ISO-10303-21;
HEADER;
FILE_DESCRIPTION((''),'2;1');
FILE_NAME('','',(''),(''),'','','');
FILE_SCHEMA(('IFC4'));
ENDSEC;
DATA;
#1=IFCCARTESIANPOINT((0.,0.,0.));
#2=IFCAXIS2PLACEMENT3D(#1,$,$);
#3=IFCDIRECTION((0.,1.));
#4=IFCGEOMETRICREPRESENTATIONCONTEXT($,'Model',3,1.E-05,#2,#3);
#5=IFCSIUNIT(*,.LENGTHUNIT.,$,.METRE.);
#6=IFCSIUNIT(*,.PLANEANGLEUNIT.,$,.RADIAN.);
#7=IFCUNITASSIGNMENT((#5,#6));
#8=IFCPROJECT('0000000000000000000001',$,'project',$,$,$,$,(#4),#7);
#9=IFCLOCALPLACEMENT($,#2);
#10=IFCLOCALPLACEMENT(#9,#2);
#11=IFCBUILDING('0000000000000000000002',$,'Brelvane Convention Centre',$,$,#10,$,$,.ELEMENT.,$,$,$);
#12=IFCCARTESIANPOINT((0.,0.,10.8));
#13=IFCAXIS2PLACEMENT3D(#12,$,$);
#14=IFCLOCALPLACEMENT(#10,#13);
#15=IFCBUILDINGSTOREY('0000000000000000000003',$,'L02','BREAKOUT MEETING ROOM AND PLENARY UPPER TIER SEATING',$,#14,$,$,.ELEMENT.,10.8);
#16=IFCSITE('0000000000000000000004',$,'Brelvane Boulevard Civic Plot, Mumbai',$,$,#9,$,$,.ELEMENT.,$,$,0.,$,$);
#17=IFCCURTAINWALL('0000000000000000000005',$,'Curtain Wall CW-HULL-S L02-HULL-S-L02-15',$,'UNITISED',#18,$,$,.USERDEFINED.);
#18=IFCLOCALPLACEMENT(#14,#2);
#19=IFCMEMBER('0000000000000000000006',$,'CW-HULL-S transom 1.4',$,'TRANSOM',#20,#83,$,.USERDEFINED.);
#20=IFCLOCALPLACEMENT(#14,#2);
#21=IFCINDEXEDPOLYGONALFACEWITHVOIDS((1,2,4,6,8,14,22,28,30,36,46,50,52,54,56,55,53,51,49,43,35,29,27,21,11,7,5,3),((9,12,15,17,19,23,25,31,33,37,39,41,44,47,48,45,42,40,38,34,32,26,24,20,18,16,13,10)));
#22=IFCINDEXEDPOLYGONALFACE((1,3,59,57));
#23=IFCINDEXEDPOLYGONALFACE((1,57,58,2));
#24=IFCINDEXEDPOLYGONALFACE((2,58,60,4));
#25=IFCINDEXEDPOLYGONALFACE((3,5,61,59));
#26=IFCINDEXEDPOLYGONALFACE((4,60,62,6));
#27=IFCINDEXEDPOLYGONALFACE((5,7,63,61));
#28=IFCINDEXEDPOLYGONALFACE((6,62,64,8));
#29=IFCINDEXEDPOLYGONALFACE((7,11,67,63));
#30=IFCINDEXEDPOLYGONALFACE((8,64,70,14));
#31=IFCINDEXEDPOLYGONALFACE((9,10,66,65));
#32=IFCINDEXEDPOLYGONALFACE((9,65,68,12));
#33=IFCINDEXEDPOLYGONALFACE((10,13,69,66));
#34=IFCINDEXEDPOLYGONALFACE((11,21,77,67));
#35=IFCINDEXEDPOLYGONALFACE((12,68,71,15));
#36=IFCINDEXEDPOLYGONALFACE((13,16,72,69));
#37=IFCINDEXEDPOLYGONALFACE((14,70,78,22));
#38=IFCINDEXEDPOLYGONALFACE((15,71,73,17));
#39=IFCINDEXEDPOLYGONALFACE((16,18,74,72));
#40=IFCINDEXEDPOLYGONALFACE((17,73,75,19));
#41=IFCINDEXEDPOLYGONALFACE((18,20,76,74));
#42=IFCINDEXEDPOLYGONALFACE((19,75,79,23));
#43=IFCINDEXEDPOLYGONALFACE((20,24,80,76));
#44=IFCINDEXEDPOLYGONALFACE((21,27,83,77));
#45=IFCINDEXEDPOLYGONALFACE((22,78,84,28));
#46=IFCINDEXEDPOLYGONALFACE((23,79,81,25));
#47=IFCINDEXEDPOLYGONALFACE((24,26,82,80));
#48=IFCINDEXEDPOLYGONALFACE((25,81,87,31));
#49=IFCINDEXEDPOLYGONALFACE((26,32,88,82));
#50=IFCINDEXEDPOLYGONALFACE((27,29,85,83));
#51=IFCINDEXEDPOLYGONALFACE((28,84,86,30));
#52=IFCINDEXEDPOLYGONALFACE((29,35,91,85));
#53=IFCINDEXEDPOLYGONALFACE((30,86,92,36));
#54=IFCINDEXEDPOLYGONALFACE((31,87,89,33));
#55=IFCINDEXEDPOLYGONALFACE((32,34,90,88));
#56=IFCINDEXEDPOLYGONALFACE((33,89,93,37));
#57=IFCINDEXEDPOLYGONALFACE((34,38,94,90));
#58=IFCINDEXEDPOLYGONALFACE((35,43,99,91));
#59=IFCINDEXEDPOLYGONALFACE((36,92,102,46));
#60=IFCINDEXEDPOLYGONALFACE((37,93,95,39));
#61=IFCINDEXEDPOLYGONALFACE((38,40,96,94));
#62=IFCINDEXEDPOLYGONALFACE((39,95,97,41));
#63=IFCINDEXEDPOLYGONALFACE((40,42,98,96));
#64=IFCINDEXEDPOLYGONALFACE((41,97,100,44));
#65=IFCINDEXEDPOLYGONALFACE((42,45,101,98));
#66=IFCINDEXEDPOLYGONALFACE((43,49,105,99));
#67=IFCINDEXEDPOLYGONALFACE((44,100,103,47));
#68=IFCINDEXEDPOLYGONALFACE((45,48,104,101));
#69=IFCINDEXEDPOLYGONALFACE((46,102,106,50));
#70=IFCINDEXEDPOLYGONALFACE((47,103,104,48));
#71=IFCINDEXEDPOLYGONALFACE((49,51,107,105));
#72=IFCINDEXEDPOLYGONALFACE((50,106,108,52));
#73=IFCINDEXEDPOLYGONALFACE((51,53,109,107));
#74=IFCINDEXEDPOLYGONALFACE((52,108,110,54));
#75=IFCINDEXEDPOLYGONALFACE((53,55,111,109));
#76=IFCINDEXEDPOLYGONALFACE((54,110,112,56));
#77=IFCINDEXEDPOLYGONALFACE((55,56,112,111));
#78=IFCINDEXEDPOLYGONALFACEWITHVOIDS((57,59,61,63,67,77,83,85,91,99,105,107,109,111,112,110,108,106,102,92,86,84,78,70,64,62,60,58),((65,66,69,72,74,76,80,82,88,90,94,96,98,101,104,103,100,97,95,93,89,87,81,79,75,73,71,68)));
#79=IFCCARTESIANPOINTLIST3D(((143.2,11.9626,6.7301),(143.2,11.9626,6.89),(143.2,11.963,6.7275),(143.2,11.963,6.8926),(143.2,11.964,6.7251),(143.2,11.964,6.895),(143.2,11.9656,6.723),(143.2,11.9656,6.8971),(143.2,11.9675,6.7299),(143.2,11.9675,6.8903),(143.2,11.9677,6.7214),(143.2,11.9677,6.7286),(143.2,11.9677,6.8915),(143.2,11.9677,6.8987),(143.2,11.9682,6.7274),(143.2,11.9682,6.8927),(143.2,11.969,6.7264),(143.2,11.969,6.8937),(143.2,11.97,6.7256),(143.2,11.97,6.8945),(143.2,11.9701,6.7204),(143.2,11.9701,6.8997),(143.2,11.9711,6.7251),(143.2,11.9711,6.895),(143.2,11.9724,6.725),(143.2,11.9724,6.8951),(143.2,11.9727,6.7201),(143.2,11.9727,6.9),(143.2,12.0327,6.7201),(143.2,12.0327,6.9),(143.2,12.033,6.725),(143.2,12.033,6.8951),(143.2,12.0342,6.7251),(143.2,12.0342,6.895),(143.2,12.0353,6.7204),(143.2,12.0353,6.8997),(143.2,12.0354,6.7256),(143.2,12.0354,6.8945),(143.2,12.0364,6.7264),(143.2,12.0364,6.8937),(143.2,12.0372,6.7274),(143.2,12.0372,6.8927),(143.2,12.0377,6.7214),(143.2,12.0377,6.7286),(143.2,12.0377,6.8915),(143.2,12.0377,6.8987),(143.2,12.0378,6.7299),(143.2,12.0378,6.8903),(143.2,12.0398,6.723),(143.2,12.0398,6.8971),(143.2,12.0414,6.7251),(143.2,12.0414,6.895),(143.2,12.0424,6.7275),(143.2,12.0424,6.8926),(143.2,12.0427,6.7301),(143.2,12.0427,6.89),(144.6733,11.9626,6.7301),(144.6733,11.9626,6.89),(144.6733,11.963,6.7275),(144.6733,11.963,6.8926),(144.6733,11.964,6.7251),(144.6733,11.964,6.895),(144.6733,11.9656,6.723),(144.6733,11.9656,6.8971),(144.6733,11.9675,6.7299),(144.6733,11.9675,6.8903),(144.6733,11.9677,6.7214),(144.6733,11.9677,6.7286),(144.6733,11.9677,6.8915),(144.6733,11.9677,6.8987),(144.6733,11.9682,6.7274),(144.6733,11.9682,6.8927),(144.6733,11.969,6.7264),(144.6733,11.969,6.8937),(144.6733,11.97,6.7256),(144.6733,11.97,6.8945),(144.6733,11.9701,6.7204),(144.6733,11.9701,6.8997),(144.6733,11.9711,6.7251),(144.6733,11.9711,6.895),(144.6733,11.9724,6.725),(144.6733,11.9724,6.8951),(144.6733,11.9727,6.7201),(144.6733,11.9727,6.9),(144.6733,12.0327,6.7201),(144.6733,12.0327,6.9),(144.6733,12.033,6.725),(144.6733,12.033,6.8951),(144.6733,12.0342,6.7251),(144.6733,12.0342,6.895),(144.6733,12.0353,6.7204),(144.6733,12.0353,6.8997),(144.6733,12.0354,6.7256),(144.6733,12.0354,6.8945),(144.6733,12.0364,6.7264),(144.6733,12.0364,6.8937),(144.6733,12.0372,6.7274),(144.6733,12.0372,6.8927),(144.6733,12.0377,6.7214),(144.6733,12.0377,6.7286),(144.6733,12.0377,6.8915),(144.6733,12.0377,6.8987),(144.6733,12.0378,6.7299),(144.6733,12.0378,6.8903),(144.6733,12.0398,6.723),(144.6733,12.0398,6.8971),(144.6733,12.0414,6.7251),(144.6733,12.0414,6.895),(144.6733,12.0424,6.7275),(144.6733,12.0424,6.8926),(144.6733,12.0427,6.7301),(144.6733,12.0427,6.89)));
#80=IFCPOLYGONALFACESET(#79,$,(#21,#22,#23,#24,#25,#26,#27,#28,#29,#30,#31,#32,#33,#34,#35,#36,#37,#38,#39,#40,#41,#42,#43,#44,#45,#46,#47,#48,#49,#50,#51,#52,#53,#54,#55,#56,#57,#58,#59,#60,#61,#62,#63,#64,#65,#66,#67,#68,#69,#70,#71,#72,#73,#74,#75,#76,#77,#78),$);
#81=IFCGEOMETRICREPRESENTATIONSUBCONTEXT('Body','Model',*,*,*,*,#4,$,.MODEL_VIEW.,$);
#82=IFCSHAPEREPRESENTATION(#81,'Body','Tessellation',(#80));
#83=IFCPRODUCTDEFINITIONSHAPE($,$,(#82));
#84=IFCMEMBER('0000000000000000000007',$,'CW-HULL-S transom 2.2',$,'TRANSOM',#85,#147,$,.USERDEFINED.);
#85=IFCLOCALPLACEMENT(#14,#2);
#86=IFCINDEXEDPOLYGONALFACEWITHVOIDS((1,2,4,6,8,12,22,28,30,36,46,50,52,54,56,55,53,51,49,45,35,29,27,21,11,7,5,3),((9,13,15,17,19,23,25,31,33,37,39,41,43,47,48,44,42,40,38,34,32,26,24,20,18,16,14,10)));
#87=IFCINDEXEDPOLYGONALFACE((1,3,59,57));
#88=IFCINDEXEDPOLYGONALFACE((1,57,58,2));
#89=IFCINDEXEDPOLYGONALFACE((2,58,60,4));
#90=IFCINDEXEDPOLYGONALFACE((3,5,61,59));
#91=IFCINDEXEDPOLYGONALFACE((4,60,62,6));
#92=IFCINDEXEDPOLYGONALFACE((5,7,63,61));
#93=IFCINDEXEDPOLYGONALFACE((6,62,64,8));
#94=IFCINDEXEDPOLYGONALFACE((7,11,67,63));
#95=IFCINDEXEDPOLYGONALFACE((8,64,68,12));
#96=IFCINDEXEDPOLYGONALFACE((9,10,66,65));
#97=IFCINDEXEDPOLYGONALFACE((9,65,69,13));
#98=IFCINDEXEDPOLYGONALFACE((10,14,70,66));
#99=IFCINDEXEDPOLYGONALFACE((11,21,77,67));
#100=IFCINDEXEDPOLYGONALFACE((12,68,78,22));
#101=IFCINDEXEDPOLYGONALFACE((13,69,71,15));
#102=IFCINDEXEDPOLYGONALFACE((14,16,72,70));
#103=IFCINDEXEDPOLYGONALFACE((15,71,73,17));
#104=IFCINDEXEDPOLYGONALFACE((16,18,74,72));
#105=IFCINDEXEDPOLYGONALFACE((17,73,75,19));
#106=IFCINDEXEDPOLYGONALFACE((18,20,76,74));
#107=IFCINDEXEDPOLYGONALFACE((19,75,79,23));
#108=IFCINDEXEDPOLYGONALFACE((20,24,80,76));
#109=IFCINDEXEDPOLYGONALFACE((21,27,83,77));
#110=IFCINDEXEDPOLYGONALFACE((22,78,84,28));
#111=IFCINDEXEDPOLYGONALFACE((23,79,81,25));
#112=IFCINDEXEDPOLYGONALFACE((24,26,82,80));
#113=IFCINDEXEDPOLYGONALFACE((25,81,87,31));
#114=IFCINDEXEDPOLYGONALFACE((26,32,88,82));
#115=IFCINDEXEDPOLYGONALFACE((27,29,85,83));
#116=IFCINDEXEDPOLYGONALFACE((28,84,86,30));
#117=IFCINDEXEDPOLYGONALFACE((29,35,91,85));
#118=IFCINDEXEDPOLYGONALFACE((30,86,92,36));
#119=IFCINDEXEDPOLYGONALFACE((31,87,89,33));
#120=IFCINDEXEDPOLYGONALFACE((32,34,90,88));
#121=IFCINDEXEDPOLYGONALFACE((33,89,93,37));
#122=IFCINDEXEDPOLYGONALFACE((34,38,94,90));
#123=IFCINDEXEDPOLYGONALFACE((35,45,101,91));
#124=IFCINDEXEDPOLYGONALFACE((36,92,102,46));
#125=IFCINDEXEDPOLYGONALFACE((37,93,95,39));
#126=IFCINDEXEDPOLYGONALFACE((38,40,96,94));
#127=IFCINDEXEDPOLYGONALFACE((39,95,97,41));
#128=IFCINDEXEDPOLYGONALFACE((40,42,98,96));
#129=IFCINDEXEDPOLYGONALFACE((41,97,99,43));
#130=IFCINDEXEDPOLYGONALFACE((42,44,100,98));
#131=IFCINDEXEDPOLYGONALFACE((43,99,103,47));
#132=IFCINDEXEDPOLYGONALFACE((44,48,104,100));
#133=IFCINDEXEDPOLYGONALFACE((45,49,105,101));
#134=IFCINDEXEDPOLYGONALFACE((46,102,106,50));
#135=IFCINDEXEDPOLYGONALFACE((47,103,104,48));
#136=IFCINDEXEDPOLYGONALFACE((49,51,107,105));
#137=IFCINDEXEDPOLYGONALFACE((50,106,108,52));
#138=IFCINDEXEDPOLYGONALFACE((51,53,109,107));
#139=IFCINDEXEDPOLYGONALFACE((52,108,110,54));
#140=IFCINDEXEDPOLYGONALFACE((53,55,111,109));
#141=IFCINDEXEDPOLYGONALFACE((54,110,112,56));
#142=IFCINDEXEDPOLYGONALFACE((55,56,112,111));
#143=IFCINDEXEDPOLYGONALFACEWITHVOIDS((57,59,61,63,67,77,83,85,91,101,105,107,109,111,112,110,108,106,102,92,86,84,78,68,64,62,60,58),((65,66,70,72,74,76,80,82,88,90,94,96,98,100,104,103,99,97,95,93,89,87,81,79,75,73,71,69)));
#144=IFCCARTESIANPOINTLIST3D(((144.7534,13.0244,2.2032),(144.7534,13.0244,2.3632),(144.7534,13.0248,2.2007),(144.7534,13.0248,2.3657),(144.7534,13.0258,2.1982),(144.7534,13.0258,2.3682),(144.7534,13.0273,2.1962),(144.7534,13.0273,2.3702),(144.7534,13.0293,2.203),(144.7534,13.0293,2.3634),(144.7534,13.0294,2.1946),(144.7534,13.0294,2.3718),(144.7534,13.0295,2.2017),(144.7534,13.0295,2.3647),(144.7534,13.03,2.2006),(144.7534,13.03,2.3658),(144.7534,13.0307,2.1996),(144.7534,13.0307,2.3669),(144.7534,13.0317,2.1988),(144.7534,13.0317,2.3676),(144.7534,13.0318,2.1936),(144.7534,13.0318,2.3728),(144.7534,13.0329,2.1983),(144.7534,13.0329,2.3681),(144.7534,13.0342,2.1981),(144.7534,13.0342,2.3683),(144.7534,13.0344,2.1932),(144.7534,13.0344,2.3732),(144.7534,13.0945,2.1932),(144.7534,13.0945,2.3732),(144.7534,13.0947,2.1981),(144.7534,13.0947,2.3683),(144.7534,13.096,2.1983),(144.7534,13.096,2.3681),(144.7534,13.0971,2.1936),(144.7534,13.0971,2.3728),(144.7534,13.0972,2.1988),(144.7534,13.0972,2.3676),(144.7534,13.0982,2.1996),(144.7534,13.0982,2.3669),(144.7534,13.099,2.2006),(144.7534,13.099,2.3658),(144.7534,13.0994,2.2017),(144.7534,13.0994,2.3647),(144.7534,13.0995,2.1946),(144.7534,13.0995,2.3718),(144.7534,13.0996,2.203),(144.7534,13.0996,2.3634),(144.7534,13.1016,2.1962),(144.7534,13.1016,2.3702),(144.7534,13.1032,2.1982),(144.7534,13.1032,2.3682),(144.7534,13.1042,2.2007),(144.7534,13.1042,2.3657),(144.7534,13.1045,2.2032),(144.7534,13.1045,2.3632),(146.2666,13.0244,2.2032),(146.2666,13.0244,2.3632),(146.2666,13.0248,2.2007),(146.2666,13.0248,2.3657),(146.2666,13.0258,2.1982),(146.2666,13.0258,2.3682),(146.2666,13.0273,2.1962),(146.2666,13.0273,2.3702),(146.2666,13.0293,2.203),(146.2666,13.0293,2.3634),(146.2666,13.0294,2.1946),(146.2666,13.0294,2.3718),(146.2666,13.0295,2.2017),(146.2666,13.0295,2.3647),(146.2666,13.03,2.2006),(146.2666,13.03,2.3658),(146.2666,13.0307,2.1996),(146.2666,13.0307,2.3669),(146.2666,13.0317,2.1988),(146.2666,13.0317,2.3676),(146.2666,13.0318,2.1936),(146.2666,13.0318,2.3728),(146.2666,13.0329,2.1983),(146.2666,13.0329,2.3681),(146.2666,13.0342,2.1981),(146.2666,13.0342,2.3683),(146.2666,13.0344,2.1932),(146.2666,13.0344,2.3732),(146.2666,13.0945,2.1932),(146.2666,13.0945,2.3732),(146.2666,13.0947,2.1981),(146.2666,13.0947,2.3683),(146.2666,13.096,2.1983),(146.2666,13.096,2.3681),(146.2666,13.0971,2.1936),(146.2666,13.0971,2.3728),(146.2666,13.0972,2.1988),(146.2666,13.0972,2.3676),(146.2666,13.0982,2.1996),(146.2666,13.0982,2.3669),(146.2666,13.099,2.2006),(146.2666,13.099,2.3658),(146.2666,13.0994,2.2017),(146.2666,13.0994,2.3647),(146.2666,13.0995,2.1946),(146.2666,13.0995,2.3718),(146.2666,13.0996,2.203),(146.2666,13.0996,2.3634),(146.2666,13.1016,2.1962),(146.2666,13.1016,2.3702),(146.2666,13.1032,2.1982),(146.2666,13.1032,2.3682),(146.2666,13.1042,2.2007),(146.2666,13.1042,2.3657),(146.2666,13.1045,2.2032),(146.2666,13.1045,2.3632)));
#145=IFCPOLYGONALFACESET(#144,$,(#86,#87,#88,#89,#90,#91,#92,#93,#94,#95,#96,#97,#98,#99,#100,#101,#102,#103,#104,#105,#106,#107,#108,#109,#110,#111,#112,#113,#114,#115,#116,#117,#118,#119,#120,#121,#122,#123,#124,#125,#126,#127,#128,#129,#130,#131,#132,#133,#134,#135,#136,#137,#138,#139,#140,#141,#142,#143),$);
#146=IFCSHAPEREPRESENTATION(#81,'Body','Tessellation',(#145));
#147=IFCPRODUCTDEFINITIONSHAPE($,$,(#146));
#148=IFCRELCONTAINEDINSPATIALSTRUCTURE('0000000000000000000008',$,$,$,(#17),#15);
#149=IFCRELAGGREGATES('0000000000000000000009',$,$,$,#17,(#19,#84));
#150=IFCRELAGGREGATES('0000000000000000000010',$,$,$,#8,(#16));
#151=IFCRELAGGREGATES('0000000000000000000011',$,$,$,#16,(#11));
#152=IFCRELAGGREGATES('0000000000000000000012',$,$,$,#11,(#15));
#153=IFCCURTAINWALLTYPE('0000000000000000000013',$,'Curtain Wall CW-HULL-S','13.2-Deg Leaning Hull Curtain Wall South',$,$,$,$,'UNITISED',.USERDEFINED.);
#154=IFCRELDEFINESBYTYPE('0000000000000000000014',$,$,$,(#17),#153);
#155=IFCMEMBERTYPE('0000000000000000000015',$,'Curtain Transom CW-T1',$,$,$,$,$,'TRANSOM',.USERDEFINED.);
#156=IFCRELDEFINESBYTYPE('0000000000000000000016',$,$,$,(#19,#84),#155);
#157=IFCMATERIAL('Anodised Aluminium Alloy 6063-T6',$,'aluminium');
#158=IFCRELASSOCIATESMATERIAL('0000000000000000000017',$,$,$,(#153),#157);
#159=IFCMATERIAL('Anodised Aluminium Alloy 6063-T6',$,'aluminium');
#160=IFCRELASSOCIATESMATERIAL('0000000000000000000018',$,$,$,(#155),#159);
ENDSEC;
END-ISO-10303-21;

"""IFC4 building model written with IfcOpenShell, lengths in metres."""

from ifc_helpers import new_model, si_unit, direction, frame, origin, origin_2d, place, context, subcontext, project, spatial, hollow_rectangle, extrude, material, material_profile, profile_set, type_object, element, aggregate, save


model = new_model("IFC4")

# Units and contexts
model_context = context("Model", 3, precision=1e-05, world=origin(), true_north=direction((0.0, 1.0)))
body_context = subcontext(model_context, "Body", "Model", "MODEL_VIEW")
ifc_project = project(units=[si_unit("LENGTHUNIT", "METRE"), si_unit("PLANEANGLEUNIT", "RADIAN")], contexts=[model_context])

# Site, building, storey
site_placement = place(None, origin())
site = spatial("IfcSite", under=ifc_project, at=site_placement, Name="Brelvane Boulevard Civic Plot, Mumbai", CompositionType="ELEMENT", RefElevation=0.0)
building_placement = place(site_placement, origin())
building = spatial("IfcBuilding", under=site, at=building_placement, Name="Brelvane Convention Centre", CompositionType="ELEMENT")
storey_placement = place(building_placement, frame((0.0, 0.0, 10.8)))
storey = spatial("IfcBuildingStorey", under=building, at=storey_placement, Name="L02", Description="BREAKOUT MEETING ROOM AND PLENARY UPPER TIER SEATING", CompositionType="ELEMENT", Elevation=10.8)

# Curtain wall, members
ifc_material_1 = material(Name="Anodised Aluminium Alloy 6063-T6", Category="aluminium")
curtain_wall_type = type_object("IfcCurtainWallType", Name="Curtain Wall CW-HULL-S", Description="13.2-Deg Leaning Hull Curtain Wall South", ElementType="UNITISED", PredefinedType="USERDEFINED", material=ifc_material_1)
ifc_material_2 = material(Name="Anodised Aluminium Alloy 6063-T6", Category="aluminium")
ifc_material_profile = material_profile(ifc_material_2, hollow_rectangle(XDim=0.0801, YDim=0.1799, WallThickness=0.0049, InnerFilletRadius=0.0049, OuterFilletRadius=0.01, at=origin_2d()), Name="ALU-T 180x80x5.0")
ifc_profile_set = profile_set([ifc_material_profile], Name="Anodised Aluminium Alloy 6063-T6")
member_type = type_object("IfcMemberType", Name="Curtain Transom CW-T1", ElementType="TRANSOM", PredefinedType="USERDEFINED", material=ifc_profile_set)
curtain_wall_1_placement = place(storey_placement, origin())
curtain_wall_1 = element("IfcCurtainWall", 1, at=curtain_wall_1_placement, inside=storey, type_object=curtain_wall_type, Name="Curtain Wall CW-HULL-S L02-HULL-S-L02-15", ObjectType="UNITISED", PredefinedType="USERDEFINED")
member_1_placement = place(storey_placement, frame((143.2, 12.0027, 6.8101), z_axis=(1.0, 0.0, 0.0), x_axis=(0.0, 1.0, 0.0)))
member_1 = element("IfcMember", 2, at=member_1_placement, type_object=member_type, Name="CW-HULL-S transom 1.4", ObjectType="TRANSOM", PredefinedType="USERDEFINED", context=body_context, shape_type="SweptSolid", body=[
    extrude(hollow_rectangle(XDim=0.0801, YDim=0.1799, WallThickness=0.0049, InnerFilletRadius=0.0049, OuterFilletRadius=0.01, at=origin_2d()), origin(), (0.0, 0.0, 1.0), 1.4734),
])
member_2_placement = place(storey_placement, frame((144.7534, 13.0645, 2.2832), z_axis=(1.0, 0.0, 0.0), x_axis=(0.0, 1.0, 0.0)))
member_2 = element("IfcMember", 3, at=member_2_placement, type_object=member_type, Name="CW-HULL-S transom 2.2", ObjectType="TRANSOM", PredefinedType="USERDEFINED", context=body_context, shape_type="SweptSolid", body=[
    extrude(hollow_rectangle(XDim=0.0801, YDim=0.1799, WallThickness=0.0049, InnerFilletRadius=0.0049, OuterFilletRadius=0.01, at=origin_2d()), origin(), (0.0, 0.0, 1.0), 1.5132),
])

aggregate(curtain_wall_1, [member_1, member_2])

save(model, "model.ifc")
